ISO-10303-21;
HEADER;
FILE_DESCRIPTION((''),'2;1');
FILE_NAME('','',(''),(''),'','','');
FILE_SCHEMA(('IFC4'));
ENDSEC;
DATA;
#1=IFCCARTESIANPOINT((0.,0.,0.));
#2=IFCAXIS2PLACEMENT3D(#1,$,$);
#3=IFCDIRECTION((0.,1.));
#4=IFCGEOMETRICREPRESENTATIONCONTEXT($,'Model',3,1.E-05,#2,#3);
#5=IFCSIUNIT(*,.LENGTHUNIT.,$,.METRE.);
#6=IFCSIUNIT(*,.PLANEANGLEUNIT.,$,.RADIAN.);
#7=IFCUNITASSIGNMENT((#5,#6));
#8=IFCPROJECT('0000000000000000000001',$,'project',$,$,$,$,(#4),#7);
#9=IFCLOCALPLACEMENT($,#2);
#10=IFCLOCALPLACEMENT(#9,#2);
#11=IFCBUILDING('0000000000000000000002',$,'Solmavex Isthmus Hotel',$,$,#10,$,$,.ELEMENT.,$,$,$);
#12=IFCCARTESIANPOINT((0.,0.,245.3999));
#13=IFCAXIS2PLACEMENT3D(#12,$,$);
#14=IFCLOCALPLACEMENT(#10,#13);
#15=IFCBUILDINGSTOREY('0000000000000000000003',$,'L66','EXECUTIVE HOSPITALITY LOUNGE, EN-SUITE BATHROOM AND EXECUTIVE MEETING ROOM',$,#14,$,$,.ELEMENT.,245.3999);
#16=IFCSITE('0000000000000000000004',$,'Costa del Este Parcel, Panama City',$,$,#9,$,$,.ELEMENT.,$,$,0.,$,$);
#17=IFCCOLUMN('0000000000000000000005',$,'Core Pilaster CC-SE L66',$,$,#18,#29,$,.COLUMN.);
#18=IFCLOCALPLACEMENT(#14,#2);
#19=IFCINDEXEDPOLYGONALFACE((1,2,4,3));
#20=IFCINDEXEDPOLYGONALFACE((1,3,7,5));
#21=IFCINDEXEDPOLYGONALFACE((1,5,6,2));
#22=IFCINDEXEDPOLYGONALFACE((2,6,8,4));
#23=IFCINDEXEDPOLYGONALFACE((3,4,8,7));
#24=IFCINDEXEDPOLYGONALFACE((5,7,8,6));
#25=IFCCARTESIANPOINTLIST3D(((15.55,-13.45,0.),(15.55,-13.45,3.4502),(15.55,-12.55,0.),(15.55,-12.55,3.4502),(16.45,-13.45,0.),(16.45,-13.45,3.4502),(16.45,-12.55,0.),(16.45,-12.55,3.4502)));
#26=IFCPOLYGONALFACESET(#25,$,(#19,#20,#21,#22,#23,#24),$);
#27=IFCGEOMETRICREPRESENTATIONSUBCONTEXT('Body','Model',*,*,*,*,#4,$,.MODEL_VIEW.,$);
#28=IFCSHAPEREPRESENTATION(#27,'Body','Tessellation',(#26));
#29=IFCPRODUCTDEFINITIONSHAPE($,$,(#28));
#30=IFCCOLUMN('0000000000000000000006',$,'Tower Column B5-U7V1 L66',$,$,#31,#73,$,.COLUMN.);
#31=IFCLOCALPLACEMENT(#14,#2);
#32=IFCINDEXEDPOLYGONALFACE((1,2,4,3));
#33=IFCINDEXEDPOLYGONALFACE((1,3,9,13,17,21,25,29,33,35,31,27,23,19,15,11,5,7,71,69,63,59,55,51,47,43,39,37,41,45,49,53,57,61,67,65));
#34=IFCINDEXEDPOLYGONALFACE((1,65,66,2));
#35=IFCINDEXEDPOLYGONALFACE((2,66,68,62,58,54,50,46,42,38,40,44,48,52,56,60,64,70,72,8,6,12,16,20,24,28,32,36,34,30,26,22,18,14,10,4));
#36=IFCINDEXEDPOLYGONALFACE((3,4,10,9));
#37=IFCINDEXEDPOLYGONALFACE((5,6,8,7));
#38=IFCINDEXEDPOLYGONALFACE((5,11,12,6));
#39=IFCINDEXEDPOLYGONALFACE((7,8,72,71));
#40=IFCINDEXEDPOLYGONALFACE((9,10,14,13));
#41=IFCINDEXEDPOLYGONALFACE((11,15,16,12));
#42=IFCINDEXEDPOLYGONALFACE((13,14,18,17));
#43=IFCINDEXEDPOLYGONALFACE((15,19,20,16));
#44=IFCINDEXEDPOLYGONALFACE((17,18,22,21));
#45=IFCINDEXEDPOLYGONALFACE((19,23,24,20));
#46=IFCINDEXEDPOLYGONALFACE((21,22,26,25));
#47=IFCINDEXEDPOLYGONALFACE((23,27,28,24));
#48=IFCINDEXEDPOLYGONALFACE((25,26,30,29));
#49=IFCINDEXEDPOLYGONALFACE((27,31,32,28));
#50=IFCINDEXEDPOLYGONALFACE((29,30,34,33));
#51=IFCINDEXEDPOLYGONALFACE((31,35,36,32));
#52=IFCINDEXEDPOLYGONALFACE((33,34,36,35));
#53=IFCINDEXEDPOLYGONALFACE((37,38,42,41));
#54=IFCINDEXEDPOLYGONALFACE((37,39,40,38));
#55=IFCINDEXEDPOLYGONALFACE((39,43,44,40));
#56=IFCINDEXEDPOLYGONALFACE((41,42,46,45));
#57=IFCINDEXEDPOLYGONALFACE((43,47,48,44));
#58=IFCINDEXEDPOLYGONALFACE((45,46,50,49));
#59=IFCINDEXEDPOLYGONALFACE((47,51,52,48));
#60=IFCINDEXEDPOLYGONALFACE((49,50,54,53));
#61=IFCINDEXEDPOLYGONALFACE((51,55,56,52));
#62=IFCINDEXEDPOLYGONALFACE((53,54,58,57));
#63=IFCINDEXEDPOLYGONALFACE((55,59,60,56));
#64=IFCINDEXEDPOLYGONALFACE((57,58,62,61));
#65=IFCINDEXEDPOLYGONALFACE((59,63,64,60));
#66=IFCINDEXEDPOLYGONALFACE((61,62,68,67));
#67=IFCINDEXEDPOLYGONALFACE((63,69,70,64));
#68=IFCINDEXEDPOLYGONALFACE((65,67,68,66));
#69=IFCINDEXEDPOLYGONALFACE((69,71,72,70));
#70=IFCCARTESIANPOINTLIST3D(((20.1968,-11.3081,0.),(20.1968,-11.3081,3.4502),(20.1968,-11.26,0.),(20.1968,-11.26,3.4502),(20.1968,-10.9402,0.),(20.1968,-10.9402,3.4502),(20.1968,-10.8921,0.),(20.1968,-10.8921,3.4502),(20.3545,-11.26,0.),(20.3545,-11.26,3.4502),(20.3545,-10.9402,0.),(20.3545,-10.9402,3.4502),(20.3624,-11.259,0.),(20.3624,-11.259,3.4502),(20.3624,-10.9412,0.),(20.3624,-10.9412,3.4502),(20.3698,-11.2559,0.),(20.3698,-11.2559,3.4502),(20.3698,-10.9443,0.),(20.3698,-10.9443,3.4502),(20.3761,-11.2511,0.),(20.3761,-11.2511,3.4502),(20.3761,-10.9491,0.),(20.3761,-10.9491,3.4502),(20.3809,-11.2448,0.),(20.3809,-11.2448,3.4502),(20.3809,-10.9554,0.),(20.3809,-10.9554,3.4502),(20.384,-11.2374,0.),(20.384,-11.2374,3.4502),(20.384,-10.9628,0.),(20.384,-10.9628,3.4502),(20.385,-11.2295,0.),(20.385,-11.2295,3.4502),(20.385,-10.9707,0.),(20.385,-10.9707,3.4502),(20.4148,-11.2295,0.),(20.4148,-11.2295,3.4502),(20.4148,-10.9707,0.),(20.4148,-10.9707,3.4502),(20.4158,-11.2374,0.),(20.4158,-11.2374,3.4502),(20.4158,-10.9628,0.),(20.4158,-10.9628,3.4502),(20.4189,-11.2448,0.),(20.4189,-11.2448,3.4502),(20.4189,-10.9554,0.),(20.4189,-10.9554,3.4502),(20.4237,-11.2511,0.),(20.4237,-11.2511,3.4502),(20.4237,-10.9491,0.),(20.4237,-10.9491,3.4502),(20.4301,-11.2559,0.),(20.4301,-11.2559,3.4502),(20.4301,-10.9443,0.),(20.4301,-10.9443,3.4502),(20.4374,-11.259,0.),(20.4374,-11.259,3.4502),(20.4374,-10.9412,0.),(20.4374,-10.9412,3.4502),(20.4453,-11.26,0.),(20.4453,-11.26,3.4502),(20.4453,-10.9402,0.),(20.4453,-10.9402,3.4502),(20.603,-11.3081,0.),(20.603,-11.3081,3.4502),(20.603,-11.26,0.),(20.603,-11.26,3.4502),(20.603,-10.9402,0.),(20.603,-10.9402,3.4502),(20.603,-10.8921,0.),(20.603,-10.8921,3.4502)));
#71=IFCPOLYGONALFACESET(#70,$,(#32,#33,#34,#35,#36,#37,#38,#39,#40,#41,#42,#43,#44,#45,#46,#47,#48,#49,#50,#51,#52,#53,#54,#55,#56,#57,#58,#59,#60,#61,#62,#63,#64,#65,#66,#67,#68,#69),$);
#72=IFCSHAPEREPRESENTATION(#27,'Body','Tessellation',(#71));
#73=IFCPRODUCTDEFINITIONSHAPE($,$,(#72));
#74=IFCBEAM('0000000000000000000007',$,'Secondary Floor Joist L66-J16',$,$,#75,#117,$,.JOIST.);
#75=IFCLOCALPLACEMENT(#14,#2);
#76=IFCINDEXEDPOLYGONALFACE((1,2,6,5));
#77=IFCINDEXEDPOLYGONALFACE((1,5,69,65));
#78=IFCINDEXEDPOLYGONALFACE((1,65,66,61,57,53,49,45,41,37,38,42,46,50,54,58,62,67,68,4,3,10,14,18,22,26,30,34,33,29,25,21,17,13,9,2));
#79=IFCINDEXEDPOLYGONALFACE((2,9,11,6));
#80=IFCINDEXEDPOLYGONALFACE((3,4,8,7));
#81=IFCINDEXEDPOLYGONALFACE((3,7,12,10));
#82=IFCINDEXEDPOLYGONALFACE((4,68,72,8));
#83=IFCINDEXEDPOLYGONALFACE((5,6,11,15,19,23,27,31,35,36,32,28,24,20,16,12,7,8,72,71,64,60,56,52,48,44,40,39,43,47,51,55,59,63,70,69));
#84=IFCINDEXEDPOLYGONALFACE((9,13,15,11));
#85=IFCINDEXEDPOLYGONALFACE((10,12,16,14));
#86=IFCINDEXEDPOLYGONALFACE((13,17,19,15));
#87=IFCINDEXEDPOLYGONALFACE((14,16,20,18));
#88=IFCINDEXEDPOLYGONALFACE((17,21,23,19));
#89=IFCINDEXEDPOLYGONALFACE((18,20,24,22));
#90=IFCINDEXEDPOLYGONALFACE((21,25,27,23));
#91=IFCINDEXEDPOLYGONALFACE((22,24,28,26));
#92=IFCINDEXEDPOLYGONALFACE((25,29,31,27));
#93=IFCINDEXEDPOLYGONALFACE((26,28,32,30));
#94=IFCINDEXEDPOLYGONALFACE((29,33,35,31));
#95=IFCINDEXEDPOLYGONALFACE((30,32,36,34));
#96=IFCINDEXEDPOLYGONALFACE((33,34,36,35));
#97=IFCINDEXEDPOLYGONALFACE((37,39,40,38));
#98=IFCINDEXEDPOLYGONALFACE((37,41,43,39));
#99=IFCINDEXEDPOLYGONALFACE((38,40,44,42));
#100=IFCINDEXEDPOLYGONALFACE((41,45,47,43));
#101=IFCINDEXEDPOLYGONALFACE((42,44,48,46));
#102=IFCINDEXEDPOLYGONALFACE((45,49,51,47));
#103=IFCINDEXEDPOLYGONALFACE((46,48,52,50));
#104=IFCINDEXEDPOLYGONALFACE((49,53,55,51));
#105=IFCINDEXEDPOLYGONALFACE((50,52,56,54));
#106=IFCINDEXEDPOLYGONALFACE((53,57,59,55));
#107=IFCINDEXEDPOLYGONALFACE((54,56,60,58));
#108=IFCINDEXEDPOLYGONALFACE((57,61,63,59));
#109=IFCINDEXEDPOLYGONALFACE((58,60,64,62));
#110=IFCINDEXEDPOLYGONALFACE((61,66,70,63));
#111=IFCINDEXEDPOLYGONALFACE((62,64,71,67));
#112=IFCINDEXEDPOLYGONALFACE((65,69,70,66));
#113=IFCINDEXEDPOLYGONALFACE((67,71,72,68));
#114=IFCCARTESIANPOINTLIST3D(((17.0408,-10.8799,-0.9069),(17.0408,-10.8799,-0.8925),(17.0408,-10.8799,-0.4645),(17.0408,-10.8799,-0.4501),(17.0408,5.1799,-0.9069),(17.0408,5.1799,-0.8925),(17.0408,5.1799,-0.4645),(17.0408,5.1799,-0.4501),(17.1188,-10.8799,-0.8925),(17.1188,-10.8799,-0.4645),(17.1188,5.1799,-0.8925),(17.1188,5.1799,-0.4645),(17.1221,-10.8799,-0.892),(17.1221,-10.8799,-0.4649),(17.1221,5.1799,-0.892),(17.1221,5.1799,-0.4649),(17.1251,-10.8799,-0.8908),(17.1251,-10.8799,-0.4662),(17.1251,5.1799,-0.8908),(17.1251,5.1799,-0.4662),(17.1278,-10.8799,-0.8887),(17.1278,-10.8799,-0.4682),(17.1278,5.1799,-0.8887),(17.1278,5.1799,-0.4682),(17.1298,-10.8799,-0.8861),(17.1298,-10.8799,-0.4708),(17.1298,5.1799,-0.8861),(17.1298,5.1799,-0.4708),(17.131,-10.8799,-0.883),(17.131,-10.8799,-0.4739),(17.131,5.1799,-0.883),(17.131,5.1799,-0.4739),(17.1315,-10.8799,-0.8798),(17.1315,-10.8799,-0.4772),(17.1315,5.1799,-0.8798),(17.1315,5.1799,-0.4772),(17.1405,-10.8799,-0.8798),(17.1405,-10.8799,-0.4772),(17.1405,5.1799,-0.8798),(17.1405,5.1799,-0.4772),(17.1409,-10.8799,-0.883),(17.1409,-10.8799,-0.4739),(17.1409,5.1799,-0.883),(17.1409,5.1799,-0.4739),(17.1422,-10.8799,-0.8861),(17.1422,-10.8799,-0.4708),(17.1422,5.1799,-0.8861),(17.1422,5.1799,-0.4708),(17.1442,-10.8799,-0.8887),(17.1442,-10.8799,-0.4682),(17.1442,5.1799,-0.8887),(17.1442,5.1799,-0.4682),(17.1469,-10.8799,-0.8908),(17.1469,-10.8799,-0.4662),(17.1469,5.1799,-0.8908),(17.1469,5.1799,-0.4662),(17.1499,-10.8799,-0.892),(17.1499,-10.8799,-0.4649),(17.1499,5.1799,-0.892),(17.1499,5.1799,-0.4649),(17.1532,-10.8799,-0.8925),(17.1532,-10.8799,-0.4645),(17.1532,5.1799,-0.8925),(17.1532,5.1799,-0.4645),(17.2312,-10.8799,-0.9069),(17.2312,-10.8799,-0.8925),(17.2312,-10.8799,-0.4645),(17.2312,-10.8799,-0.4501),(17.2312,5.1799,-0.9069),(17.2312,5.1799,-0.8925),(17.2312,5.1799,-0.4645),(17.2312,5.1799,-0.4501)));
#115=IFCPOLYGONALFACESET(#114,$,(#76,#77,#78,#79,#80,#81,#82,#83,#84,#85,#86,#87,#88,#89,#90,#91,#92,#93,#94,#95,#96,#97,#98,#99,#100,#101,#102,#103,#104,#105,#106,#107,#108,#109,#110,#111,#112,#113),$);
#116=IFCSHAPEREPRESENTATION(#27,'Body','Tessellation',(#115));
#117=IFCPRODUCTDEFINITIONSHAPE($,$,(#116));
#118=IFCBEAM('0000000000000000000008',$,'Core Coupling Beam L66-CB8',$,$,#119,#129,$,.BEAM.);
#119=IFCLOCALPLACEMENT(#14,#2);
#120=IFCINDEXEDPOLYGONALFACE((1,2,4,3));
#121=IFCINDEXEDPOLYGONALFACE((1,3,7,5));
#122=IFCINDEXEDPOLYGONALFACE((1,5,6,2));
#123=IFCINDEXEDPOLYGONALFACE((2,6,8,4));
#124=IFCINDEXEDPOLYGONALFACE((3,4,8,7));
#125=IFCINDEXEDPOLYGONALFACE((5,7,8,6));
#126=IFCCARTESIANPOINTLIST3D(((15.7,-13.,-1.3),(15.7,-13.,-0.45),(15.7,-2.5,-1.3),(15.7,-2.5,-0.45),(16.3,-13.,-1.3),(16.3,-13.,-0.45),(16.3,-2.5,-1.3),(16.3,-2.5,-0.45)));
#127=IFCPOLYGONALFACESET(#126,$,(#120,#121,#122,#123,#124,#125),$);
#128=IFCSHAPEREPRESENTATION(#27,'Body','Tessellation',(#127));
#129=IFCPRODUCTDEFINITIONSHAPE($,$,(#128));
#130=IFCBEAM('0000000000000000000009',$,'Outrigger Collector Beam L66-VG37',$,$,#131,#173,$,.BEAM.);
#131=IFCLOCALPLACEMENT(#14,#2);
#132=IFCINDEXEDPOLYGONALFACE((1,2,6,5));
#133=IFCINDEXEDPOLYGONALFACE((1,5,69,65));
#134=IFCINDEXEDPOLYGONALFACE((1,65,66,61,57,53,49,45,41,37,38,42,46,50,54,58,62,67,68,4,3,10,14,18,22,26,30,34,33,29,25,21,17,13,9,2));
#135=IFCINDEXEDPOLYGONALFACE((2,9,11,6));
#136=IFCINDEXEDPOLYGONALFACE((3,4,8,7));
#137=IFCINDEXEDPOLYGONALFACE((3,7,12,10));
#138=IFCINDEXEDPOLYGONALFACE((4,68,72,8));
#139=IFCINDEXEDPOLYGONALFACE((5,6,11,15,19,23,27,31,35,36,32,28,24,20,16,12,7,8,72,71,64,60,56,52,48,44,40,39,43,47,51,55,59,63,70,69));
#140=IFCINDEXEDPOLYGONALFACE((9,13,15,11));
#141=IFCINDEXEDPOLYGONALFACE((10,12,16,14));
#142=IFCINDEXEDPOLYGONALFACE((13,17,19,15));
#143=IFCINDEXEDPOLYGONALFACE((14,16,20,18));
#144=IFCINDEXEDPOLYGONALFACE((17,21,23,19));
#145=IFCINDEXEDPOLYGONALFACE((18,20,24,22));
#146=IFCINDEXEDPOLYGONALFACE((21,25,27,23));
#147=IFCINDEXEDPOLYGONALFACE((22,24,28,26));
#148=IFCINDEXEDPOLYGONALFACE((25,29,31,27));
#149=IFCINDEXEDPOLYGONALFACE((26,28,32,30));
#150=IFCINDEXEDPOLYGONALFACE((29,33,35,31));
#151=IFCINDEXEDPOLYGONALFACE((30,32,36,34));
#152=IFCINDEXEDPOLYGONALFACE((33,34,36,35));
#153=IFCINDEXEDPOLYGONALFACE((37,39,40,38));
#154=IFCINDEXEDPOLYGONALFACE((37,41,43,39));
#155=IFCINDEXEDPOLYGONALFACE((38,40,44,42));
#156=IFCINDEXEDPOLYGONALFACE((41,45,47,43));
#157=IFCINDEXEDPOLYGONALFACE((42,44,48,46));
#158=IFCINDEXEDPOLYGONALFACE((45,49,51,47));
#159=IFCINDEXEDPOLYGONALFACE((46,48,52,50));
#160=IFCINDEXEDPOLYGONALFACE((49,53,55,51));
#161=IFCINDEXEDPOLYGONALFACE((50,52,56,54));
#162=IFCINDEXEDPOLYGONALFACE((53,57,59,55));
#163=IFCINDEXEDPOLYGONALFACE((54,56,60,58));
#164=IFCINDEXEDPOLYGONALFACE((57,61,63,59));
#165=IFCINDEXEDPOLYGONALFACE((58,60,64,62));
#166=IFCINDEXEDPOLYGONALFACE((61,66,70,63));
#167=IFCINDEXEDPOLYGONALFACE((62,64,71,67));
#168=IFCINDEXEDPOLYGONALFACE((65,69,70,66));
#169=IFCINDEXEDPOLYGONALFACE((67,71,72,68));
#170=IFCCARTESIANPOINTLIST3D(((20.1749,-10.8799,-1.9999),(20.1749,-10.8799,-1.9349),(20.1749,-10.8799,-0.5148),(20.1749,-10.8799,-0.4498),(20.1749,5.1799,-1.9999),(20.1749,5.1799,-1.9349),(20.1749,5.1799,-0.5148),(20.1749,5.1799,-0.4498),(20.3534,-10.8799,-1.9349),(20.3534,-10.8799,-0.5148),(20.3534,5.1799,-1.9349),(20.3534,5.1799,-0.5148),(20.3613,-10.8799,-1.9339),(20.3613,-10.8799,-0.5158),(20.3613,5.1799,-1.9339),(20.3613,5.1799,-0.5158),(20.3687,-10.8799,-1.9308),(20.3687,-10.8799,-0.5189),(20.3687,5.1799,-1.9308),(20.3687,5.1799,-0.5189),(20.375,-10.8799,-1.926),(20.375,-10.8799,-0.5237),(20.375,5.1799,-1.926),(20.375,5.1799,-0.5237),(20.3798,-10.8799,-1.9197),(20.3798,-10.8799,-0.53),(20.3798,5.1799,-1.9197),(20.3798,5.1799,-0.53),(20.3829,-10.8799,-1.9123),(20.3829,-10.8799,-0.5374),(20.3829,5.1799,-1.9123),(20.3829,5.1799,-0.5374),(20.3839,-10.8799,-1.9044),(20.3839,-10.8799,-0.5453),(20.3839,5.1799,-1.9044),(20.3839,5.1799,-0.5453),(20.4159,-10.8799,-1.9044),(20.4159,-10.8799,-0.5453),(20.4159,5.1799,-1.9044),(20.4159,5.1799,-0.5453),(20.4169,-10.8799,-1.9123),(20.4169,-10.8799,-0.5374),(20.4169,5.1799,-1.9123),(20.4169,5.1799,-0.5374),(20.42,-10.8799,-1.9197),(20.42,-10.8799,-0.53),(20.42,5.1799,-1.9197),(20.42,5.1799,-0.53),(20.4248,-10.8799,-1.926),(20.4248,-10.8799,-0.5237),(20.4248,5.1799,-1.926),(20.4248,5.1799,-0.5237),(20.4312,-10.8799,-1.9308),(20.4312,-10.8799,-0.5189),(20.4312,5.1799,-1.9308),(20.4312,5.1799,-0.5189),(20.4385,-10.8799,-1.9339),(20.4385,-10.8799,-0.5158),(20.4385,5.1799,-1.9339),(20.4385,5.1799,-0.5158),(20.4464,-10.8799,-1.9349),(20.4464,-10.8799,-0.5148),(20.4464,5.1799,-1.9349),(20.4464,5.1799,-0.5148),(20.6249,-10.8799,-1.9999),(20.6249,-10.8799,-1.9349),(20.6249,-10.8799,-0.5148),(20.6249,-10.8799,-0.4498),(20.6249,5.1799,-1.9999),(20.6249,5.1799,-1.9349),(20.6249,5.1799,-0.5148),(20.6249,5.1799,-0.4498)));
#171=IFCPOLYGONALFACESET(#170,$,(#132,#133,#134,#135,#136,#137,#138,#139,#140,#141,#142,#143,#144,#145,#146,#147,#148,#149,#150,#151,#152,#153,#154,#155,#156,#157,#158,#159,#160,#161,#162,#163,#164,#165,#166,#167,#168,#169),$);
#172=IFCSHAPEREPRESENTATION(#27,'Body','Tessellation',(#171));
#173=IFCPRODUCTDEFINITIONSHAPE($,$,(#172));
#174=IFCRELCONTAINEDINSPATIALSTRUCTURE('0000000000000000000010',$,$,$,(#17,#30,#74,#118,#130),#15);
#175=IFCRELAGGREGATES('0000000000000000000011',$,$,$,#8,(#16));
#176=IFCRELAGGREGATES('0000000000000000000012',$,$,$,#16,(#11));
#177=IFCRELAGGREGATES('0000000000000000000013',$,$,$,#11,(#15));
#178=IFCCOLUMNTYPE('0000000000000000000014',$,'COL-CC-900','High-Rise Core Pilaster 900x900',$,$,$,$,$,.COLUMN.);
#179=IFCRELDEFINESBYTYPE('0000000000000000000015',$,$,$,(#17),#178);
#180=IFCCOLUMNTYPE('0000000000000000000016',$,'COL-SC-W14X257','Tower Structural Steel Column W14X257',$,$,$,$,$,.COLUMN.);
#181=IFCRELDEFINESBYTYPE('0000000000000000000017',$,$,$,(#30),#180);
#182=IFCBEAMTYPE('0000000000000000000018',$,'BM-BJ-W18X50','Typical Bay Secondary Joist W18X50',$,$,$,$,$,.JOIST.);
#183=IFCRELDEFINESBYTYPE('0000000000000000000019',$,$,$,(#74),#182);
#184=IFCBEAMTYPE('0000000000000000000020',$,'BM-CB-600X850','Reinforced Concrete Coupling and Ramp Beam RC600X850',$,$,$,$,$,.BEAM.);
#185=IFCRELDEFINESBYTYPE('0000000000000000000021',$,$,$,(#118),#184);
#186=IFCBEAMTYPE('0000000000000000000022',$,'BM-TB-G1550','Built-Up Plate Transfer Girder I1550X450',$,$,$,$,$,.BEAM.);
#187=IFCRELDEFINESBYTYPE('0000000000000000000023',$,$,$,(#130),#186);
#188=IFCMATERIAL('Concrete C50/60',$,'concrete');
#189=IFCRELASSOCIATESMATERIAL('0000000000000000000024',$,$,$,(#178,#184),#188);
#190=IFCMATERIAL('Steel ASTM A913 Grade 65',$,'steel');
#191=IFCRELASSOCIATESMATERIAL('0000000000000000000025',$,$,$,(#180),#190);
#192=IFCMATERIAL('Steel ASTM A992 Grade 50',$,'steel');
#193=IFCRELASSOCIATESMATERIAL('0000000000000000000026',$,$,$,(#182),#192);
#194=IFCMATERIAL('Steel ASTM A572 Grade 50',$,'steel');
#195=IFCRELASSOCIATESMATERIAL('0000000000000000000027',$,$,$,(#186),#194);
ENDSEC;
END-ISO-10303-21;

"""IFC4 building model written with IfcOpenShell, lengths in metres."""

from ifc_helpers import new_model, si_unit, direction, frame, origin, origin_2d, place, context, subcontext, project, spatial, rectangle, i_section, extrude, material, material_profile, profile_set, type_object, element, save


model = new_model("IFC4")

# Units and contexts
model_context = context("Model", 3, precision=1e-05, world=origin(), true_north=direction((0.0, 1.0)))
body_context = subcontext(model_context, "Body", "Model", "MODEL_VIEW")
ifc_project = project(units=[si_unit("LENGTHUNIT", "METRE"), si_unit("PLANEANGLEUNIT", "RADIAN")], contexts=[model_context])

# Site, building, storey
site_placement = place(None, origin())
site = spatial("IfcSite", under=ifc_project, at=site_placement, Name="Costa del Este Parcel, Panama City", CompositionType="ELEMENT", RefElevation=0.0)
building_placement = place(site_placement, origin())
building = spatial("IfcBuilding", under=site, at=building_placement, Name="Solmavex Isthmus Hotel", CompositionType="ELEMENT")
storey_placement = place(building_placement, frame((0.0, 0.0, 245.3999)))
storey = spatial("IfcBuildingStorey", under=building, at=storey_placement, Name="L66", Description="EXECUTIVE HOSPITALITY LOUNGE, EN-SUITE BATHROOM AND EXECUTIVE MEETING ROOM", CompositionType="ELEMENT", Elevation=245.3999)

# Columns
ifc_material_1 = material(Name="Concrete C50/60", Category="concrete")
ifc_material_profile_1 = material_profile(ifc_material_1, rectangle(XDim=0.8999, YDim=0.8999, at=origin_2d()), Name="RC900X900")
ifc_profile_set_1 = profile_set([ifc_material_profile_1], Name="Concrete C50/60")
column_type_1 = type_object("IfcColumnType", Name="COL-CC-900", Description="High-Rise Core Pilaster 900x900", PredefinedType="COLUMN", material=ifc_profile_set_1)
column_1_placement = place(storey_placement, frame((16.0, -13.0, 0.0), z_axis=(0.0, 0.0, 1.0), x_axis=(1.0, 0.0, 0.0)))
element("IfcColumn", 1, at=column_1_placement, inside=storey, type_object=column_type_1, Name="Core Pilaster CC-SE L66", PredefinedType="COLUMN", context=body_context, shape_type="SweptSolid", body=[
    extrude(rectangle(XDim=0.8999, YDim=0.8999, at=origin_2d()), origin(), (0.0, 0.0, 1.0), 3.4502),
])
ifc_material_2 = material(Name="Steel ASTM A913 Grade 65", Category="steel")
ifc_material_profile_2 = material_profile(ifc_material_2, i_section(OverallWidth=0.4062, OverallDepth=0.416, WebThickness=0.0298, FlangeThickness=0.0481, FilletRadius=0.0305, at=origin_2d()), Name="W14X257")
ifc_profile_set_2 = profile_set([ifc_material_profile_2], Name="Steel ASTM A913 Grade 65")
column_type_2 = type_object("IfcColumnType", Name="COL-SC-W14X257", Description="Tower Structural Steel Column W14X257", PredefinedType="COLUMN", material=ifc_profile_set_2)
column_2_placement = place(storey_placement, frame((20.3999, -11.1001, 0.0), z_axis=(0.0, 0.0, 1.0), x_axis=(1.0, 0.0, 0.0)))
element("IfcColumn", 2, at=column_2_placement, inside=storey, type_object=column_type_2, Name="Tower Column B5-U7V1 L66", PredefinedType="COLUMN", context=body_context, shape_type="SweptSolid", body=[
    extrude(i_section(OverallWidth=0.4062, OverallDepth=0.416, WebThickness=0.0298, FlangeThickness=0.0481, FilletRadius=0.0305, at=origin_2d()), origin(), (0.0, 0.0, 1.0), 3.4502),
])

# Beams
ifc_material_3 = material(Name="Steel ASTM A992 Grade 50", Category="steel")
ifc_material_profile_3 = material_profile(ifc_material_3, i_section(OverallWidth=0.1904, OverallDepth=0.4568, WebThickness=0.009, FlangeThickness=0.0144, FilletRadius=0.0127, at=origin_2d()), Name="W18X50")
ifc_profile_set_3 = profile_set([ifc_material_profile_3], Name="Steel ASTM A992 Grade 50")
beam_type_1 = type_object("IfcBeamType", Name="BM-BJ-W18X50", Description="Typical Bay Secondary Joist W18X50", PredefinedType="JOIST", material=ifc_profile_set_3)
beam_1_placement = place(storey_placement, frame((17.136, -10.8799, -0.6785), z_axis=(0.0, 1.0, 0.0), x_axis=(-1.0, 0.0, 0.0)))
element("IfcBeam", 3, at=beam_1_placement, inside=storey, type_object=beam_type_1, Name="Secondary Floor Joist L66-J16", PredefinedType="JOIST", context=body_context, shape_type="SweptSolid", body=[
    extrude(i_section(OverallWidth=0.1904, OverallDepth=0.4568, WebThickness=0.009, FlangeThickness=0.0144, FilletRadius=0.0127, at=origin_2d()), origin(), (0.0, 0.0, 1.0), 16.0598),
])
ifc_material_profile_4 = material_profile(ifc_material_1, rectangle(XDim=0.6001, YDim=0.8501, at=origin_2d()), Name="RC600X850")
ifc_profile_set_4 = profile_set([ifc_material_profile_4], Name="Concrete C50/60")
beam_type_2 = type_object("IfcBeamType", Name="BM-CB-600X850", Description="Reinforced Concrete Coupling and Ramp Beam RC600X850", PredefinedType="BEAM", material=ifc_profile_set_4)
beam_2_placement = place(storey_placement, frame((16.0, -13.0, -0.875), z_axis=(0.0, 1.0, 0.0), x_axis=(-1.0, 0.0, 0.0)))
element("IfcBeam", 4, at=beam_2_placement, inside=storey, type_object=beam_type_2, Name="Core Coupling Beam L66-CB8", PredefinedType="BEAM", context=body_context, shape_type="SweptSolid", body=[
    extrude(rectangle(XDim=0.6001, YDim=0.8501, at=origin_2d()), origin(), (0.0, 0.0, 1.0), 10.5),
])
ifc_material_4 = material(Name="Steel ASTM A572 Grade 50", Category="steel")
ifc_material_profile_5 = material_profile(ifc_material_4, i_section(OverallWidth=0.45, OverallDepth=1.55, WebThickness=0.032, FlangeThickness=0.0649, FilletRadius=0.0305, at=origin_2d()), Name="I1550X450")
ifc_profile_set_5 = profile_set([ifc_material_profile_5], Name="Steel ASTM A572 Grade 50")
beam_type_3 = type_object("IfcBeamType", Name="BM-TB-G1550", Description="Built-Up Plate Transfer Girder I1550X450", PredefinedType="BEAM", material=ifc_profile_set_5)
beam_3_placement = place(storey_placement, frame((20.3999, -10.8799, -1.2249), z_axis=(0.0, 1.0, 0.0), x_axis=(-1.0, 0.0, 0.0)))
element("IfcBeam", 5, at=beam_3_placement, inside=storey, type_object=beam_type_3, Name="Outrigger Collector Beam L66-VG37", PredefinedType="BEAM", context=body_context, shape_type="SweptSolid", body=[
    extrude(i_section(OverallWidth=0.45, OverallDepth=1.55, WebThickness=0.032, FlangeThickness=0.0649, FilletRadius=0.0305, at=origin_2d()), origin(), (0.0, 0.0, 1.0), 16.0598),
])

save(model, "model.ifc")
